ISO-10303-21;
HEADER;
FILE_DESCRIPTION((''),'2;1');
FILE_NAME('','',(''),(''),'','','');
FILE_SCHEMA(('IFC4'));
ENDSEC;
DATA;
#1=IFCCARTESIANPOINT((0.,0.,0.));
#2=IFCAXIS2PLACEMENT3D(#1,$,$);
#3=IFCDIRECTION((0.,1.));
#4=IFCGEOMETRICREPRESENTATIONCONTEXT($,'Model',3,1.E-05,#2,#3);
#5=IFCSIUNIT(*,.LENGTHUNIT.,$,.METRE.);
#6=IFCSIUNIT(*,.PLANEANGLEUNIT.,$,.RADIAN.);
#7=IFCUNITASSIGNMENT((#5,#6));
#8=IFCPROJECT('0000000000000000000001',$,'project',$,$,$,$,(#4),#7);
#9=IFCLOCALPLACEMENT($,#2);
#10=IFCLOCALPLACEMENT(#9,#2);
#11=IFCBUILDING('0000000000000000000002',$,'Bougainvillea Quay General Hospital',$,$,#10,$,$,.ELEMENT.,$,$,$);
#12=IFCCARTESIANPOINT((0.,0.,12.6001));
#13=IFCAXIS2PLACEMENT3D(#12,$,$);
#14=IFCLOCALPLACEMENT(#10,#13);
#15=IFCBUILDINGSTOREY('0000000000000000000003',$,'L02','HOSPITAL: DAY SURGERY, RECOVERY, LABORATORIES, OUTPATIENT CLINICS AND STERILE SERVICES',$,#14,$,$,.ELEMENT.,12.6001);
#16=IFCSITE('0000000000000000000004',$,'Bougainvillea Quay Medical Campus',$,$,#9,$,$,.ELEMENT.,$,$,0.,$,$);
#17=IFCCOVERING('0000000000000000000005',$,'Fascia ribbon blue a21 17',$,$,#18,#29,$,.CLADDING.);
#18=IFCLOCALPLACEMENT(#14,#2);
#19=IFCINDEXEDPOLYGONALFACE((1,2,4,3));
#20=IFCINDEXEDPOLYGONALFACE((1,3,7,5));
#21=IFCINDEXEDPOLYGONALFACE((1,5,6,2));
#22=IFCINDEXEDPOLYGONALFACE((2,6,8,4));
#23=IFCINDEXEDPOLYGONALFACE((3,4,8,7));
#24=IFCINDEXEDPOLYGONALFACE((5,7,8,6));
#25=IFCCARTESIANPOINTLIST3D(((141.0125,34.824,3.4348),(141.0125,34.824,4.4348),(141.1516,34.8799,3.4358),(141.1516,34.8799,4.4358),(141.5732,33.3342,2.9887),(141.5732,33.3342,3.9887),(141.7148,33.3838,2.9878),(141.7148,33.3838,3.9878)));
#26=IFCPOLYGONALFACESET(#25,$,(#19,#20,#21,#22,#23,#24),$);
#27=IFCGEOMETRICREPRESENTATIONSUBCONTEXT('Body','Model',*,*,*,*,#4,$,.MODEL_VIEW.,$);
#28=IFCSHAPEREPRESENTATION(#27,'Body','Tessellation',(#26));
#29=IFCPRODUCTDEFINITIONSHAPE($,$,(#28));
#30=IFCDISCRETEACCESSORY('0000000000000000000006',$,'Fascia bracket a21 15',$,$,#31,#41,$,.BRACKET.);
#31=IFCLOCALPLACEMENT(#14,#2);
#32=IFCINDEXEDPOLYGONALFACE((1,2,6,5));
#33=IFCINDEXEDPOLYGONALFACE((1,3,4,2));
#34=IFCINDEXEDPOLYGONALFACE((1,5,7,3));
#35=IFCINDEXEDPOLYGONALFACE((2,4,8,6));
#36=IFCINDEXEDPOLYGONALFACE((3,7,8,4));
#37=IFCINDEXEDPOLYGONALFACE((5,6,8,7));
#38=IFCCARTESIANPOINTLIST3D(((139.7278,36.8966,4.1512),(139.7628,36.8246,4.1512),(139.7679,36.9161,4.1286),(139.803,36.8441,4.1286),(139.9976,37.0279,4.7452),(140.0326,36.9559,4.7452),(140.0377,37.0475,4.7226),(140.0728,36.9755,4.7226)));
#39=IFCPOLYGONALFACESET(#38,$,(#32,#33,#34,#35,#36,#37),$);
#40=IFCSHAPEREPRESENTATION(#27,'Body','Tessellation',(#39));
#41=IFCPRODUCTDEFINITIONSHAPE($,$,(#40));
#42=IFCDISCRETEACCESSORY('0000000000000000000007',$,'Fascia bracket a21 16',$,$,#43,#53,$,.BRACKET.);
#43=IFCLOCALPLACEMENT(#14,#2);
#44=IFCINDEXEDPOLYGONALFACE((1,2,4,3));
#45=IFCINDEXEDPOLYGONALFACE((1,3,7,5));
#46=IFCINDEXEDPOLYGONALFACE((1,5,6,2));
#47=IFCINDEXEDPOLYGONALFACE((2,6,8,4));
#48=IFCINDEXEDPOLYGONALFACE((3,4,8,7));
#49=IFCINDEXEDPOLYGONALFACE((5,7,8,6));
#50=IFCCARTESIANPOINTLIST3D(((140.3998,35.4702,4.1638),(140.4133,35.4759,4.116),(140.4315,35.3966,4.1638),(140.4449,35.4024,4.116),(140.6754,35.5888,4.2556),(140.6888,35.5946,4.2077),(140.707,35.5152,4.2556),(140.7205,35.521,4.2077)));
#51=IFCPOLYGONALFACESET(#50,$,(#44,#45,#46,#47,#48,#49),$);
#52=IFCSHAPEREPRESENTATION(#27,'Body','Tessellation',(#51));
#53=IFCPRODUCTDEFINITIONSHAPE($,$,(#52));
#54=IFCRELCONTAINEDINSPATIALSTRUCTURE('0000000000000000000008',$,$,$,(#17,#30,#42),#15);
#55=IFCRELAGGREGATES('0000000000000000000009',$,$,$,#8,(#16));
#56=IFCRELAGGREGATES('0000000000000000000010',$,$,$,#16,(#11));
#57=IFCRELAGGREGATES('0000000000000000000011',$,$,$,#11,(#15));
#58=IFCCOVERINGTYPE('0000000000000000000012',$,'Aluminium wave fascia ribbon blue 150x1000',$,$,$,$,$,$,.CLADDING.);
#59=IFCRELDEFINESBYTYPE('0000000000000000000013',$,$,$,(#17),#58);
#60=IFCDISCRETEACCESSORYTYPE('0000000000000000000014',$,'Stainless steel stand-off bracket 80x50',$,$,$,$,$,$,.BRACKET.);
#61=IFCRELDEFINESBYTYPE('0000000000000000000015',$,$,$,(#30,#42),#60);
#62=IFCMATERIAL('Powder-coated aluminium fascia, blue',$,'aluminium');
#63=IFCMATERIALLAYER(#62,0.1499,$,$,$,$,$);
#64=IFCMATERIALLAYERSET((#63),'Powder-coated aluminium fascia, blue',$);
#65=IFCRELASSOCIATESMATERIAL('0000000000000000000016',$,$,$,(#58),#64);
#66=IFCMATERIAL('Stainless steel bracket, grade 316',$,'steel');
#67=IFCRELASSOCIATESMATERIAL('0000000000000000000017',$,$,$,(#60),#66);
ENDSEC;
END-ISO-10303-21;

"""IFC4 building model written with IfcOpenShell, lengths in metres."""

from ifc_helpers import new_model, si_unit, direction, frame, origin, origin_2d, place, context, subcontext, project, spatial, polyline, rectangle, outline, extrude, material, layer, layer_set, material_profile, profile_set, type_object, element, save


model = new_model("IFC4")

# Units and contexts
model_context = context("Model", 3, precision=1e-05, world=origin(), true_north=direction((0.0, 1.0)))
body_context = subcontext(model_context, "Body", "Model", "MODEL_VIEW")
ifc_project = project(units=[si_unit("LENGTHUNIT", "METRE"), si_unit("PLANEANGLEUNIT", "RADIAN")], contexts=[model_context])

# Site, building, storey
site_placement = place(None, origin())
site = spatial("IfcSite", under=ifc_project, at=site_placement, Name="Bougainvillea Quay Medical Campus", CompositionType="ELEMENT", RefElevation=0.0)
building_placement = place(site_placement, origin())
building = spatial("IfcBuilding", under=site, at=building_placement, Name="Bougainvillea Quay General Hospital", CompositionType="ELEMENT")
storey_placement = place(building_placement, frame((0.0, 0.0, 12.6001)))
storey = spatial("IfcBuildingStorey", under=building, at=storey_placement, Name="L02", Description="HOSPITAL: DAY SURGERY, RECOVERY, LABORATORIES, OUTPATIENT CLINICS AND STERILE SERVICES", CompositionType="ELEMENT", Elevation=12.6001)

# Covering
ifc_material_1 = material(Name="Powder-coated aluminium fascia, blue", Category="aluminium")
ifc_layer_1 = layer(ifc_material_1, 0.1499)
ifc_layer_set_1 = layer_set([ifc_layer_1], Name="Powder-coated aluminium fascia, blue")
covering_type = type_object("IfcCoveringType", Name="Aluminium wave fascia ribbon blue 150x1000", PredefinedType="CLADDING", material=ifc_layer_set_1)
covering_1_placement = place(storey_placement, frame((141.0125, 34.824, 3.4348), z_axis=(0.09489, -0.2526, 0.962907), x_axis=(0.339232, -0.901172, -0.269834)))
element("IfcCovering", 1, at=covering_1_placement, inside=storey, type_object=covering_type, Name="Fascia ribbon blue a21 17", PredefinedType="CLADDING", context=body_context, shape_type="SweptSolid", body=[
    extrude(outline(polyline([(0.0, 0.0), (1.6531, 0.0), (1.6568, 0.15), (-0.0034, 0.1499), (0.0, 0.0)])), origin(), (-0.269834, 0.000178, 0.962907), 1.0),
])

# Discrete accessories
ifc_material_2 = material(Name="Stainless steel bracket, grade 316", Category="steel")
ifc_material_profile_1 = material_profile(ifc_material_2, rectangle(XDim=0.0801, YDim=0.05, at=origin_2d()))
ifc_profile_set_1 = profile_set([ifc_material_profile_1], Name="Stainless steel bracket, grade 316")
discrete_accessory_type = type_object("IfcDiscreteAccessoryType", Name="Stainless steel stand-off bracket 80x50", PredefinedType="BRACKET", material=ifc_profile_set_1)
discrete_accessory_1_placement = place(storey_placement, frame((139.7654, 36.8704, 4.1399), z_axis=(0.405386, 0.197374, 0.892584), x_axis=(-0.43775, 0.899097, 0.0)))
element("IfcDiscreteAccessory", 2, at=discrete_accessory_1_placement, inside=storey, type_object=discrete_accessory_type, Name="Fascia bracket a21 15", PredefinedType="BRACKET", context=body_context, shape_type="SweptSolid", body=[
    extrude(rectangle(XDim=0.0801, YDim=0.05, at=origin_2d()), origin(), (0.0, 0.0, 1.0), 0.6655),
])
discrete_accessory_2_placement = place(storey_placement, frame((140.4224, 35.4363, 4.1399), z_axis=(0.878336, 0.378097, 0.29252), x_axis=(-0.395392, 0.918513, 0.0)))
element("IfcDiscreteAccessory", 3, at=discrete_accessory_2_placement, inside=storey, type_object=discrete_accessory_type, Name="Fascia bracket a21 16", PredefinedType="BRACKET", context=body_context, shape_type="SweptSolid", body=[
    extrude(rectangle(XDim=0.0801, YDim=0.05, at=origin_2d()), origin(), (0.0, 0.0, 1.0), 0.3137),
])

save(model, "model.ifc")
